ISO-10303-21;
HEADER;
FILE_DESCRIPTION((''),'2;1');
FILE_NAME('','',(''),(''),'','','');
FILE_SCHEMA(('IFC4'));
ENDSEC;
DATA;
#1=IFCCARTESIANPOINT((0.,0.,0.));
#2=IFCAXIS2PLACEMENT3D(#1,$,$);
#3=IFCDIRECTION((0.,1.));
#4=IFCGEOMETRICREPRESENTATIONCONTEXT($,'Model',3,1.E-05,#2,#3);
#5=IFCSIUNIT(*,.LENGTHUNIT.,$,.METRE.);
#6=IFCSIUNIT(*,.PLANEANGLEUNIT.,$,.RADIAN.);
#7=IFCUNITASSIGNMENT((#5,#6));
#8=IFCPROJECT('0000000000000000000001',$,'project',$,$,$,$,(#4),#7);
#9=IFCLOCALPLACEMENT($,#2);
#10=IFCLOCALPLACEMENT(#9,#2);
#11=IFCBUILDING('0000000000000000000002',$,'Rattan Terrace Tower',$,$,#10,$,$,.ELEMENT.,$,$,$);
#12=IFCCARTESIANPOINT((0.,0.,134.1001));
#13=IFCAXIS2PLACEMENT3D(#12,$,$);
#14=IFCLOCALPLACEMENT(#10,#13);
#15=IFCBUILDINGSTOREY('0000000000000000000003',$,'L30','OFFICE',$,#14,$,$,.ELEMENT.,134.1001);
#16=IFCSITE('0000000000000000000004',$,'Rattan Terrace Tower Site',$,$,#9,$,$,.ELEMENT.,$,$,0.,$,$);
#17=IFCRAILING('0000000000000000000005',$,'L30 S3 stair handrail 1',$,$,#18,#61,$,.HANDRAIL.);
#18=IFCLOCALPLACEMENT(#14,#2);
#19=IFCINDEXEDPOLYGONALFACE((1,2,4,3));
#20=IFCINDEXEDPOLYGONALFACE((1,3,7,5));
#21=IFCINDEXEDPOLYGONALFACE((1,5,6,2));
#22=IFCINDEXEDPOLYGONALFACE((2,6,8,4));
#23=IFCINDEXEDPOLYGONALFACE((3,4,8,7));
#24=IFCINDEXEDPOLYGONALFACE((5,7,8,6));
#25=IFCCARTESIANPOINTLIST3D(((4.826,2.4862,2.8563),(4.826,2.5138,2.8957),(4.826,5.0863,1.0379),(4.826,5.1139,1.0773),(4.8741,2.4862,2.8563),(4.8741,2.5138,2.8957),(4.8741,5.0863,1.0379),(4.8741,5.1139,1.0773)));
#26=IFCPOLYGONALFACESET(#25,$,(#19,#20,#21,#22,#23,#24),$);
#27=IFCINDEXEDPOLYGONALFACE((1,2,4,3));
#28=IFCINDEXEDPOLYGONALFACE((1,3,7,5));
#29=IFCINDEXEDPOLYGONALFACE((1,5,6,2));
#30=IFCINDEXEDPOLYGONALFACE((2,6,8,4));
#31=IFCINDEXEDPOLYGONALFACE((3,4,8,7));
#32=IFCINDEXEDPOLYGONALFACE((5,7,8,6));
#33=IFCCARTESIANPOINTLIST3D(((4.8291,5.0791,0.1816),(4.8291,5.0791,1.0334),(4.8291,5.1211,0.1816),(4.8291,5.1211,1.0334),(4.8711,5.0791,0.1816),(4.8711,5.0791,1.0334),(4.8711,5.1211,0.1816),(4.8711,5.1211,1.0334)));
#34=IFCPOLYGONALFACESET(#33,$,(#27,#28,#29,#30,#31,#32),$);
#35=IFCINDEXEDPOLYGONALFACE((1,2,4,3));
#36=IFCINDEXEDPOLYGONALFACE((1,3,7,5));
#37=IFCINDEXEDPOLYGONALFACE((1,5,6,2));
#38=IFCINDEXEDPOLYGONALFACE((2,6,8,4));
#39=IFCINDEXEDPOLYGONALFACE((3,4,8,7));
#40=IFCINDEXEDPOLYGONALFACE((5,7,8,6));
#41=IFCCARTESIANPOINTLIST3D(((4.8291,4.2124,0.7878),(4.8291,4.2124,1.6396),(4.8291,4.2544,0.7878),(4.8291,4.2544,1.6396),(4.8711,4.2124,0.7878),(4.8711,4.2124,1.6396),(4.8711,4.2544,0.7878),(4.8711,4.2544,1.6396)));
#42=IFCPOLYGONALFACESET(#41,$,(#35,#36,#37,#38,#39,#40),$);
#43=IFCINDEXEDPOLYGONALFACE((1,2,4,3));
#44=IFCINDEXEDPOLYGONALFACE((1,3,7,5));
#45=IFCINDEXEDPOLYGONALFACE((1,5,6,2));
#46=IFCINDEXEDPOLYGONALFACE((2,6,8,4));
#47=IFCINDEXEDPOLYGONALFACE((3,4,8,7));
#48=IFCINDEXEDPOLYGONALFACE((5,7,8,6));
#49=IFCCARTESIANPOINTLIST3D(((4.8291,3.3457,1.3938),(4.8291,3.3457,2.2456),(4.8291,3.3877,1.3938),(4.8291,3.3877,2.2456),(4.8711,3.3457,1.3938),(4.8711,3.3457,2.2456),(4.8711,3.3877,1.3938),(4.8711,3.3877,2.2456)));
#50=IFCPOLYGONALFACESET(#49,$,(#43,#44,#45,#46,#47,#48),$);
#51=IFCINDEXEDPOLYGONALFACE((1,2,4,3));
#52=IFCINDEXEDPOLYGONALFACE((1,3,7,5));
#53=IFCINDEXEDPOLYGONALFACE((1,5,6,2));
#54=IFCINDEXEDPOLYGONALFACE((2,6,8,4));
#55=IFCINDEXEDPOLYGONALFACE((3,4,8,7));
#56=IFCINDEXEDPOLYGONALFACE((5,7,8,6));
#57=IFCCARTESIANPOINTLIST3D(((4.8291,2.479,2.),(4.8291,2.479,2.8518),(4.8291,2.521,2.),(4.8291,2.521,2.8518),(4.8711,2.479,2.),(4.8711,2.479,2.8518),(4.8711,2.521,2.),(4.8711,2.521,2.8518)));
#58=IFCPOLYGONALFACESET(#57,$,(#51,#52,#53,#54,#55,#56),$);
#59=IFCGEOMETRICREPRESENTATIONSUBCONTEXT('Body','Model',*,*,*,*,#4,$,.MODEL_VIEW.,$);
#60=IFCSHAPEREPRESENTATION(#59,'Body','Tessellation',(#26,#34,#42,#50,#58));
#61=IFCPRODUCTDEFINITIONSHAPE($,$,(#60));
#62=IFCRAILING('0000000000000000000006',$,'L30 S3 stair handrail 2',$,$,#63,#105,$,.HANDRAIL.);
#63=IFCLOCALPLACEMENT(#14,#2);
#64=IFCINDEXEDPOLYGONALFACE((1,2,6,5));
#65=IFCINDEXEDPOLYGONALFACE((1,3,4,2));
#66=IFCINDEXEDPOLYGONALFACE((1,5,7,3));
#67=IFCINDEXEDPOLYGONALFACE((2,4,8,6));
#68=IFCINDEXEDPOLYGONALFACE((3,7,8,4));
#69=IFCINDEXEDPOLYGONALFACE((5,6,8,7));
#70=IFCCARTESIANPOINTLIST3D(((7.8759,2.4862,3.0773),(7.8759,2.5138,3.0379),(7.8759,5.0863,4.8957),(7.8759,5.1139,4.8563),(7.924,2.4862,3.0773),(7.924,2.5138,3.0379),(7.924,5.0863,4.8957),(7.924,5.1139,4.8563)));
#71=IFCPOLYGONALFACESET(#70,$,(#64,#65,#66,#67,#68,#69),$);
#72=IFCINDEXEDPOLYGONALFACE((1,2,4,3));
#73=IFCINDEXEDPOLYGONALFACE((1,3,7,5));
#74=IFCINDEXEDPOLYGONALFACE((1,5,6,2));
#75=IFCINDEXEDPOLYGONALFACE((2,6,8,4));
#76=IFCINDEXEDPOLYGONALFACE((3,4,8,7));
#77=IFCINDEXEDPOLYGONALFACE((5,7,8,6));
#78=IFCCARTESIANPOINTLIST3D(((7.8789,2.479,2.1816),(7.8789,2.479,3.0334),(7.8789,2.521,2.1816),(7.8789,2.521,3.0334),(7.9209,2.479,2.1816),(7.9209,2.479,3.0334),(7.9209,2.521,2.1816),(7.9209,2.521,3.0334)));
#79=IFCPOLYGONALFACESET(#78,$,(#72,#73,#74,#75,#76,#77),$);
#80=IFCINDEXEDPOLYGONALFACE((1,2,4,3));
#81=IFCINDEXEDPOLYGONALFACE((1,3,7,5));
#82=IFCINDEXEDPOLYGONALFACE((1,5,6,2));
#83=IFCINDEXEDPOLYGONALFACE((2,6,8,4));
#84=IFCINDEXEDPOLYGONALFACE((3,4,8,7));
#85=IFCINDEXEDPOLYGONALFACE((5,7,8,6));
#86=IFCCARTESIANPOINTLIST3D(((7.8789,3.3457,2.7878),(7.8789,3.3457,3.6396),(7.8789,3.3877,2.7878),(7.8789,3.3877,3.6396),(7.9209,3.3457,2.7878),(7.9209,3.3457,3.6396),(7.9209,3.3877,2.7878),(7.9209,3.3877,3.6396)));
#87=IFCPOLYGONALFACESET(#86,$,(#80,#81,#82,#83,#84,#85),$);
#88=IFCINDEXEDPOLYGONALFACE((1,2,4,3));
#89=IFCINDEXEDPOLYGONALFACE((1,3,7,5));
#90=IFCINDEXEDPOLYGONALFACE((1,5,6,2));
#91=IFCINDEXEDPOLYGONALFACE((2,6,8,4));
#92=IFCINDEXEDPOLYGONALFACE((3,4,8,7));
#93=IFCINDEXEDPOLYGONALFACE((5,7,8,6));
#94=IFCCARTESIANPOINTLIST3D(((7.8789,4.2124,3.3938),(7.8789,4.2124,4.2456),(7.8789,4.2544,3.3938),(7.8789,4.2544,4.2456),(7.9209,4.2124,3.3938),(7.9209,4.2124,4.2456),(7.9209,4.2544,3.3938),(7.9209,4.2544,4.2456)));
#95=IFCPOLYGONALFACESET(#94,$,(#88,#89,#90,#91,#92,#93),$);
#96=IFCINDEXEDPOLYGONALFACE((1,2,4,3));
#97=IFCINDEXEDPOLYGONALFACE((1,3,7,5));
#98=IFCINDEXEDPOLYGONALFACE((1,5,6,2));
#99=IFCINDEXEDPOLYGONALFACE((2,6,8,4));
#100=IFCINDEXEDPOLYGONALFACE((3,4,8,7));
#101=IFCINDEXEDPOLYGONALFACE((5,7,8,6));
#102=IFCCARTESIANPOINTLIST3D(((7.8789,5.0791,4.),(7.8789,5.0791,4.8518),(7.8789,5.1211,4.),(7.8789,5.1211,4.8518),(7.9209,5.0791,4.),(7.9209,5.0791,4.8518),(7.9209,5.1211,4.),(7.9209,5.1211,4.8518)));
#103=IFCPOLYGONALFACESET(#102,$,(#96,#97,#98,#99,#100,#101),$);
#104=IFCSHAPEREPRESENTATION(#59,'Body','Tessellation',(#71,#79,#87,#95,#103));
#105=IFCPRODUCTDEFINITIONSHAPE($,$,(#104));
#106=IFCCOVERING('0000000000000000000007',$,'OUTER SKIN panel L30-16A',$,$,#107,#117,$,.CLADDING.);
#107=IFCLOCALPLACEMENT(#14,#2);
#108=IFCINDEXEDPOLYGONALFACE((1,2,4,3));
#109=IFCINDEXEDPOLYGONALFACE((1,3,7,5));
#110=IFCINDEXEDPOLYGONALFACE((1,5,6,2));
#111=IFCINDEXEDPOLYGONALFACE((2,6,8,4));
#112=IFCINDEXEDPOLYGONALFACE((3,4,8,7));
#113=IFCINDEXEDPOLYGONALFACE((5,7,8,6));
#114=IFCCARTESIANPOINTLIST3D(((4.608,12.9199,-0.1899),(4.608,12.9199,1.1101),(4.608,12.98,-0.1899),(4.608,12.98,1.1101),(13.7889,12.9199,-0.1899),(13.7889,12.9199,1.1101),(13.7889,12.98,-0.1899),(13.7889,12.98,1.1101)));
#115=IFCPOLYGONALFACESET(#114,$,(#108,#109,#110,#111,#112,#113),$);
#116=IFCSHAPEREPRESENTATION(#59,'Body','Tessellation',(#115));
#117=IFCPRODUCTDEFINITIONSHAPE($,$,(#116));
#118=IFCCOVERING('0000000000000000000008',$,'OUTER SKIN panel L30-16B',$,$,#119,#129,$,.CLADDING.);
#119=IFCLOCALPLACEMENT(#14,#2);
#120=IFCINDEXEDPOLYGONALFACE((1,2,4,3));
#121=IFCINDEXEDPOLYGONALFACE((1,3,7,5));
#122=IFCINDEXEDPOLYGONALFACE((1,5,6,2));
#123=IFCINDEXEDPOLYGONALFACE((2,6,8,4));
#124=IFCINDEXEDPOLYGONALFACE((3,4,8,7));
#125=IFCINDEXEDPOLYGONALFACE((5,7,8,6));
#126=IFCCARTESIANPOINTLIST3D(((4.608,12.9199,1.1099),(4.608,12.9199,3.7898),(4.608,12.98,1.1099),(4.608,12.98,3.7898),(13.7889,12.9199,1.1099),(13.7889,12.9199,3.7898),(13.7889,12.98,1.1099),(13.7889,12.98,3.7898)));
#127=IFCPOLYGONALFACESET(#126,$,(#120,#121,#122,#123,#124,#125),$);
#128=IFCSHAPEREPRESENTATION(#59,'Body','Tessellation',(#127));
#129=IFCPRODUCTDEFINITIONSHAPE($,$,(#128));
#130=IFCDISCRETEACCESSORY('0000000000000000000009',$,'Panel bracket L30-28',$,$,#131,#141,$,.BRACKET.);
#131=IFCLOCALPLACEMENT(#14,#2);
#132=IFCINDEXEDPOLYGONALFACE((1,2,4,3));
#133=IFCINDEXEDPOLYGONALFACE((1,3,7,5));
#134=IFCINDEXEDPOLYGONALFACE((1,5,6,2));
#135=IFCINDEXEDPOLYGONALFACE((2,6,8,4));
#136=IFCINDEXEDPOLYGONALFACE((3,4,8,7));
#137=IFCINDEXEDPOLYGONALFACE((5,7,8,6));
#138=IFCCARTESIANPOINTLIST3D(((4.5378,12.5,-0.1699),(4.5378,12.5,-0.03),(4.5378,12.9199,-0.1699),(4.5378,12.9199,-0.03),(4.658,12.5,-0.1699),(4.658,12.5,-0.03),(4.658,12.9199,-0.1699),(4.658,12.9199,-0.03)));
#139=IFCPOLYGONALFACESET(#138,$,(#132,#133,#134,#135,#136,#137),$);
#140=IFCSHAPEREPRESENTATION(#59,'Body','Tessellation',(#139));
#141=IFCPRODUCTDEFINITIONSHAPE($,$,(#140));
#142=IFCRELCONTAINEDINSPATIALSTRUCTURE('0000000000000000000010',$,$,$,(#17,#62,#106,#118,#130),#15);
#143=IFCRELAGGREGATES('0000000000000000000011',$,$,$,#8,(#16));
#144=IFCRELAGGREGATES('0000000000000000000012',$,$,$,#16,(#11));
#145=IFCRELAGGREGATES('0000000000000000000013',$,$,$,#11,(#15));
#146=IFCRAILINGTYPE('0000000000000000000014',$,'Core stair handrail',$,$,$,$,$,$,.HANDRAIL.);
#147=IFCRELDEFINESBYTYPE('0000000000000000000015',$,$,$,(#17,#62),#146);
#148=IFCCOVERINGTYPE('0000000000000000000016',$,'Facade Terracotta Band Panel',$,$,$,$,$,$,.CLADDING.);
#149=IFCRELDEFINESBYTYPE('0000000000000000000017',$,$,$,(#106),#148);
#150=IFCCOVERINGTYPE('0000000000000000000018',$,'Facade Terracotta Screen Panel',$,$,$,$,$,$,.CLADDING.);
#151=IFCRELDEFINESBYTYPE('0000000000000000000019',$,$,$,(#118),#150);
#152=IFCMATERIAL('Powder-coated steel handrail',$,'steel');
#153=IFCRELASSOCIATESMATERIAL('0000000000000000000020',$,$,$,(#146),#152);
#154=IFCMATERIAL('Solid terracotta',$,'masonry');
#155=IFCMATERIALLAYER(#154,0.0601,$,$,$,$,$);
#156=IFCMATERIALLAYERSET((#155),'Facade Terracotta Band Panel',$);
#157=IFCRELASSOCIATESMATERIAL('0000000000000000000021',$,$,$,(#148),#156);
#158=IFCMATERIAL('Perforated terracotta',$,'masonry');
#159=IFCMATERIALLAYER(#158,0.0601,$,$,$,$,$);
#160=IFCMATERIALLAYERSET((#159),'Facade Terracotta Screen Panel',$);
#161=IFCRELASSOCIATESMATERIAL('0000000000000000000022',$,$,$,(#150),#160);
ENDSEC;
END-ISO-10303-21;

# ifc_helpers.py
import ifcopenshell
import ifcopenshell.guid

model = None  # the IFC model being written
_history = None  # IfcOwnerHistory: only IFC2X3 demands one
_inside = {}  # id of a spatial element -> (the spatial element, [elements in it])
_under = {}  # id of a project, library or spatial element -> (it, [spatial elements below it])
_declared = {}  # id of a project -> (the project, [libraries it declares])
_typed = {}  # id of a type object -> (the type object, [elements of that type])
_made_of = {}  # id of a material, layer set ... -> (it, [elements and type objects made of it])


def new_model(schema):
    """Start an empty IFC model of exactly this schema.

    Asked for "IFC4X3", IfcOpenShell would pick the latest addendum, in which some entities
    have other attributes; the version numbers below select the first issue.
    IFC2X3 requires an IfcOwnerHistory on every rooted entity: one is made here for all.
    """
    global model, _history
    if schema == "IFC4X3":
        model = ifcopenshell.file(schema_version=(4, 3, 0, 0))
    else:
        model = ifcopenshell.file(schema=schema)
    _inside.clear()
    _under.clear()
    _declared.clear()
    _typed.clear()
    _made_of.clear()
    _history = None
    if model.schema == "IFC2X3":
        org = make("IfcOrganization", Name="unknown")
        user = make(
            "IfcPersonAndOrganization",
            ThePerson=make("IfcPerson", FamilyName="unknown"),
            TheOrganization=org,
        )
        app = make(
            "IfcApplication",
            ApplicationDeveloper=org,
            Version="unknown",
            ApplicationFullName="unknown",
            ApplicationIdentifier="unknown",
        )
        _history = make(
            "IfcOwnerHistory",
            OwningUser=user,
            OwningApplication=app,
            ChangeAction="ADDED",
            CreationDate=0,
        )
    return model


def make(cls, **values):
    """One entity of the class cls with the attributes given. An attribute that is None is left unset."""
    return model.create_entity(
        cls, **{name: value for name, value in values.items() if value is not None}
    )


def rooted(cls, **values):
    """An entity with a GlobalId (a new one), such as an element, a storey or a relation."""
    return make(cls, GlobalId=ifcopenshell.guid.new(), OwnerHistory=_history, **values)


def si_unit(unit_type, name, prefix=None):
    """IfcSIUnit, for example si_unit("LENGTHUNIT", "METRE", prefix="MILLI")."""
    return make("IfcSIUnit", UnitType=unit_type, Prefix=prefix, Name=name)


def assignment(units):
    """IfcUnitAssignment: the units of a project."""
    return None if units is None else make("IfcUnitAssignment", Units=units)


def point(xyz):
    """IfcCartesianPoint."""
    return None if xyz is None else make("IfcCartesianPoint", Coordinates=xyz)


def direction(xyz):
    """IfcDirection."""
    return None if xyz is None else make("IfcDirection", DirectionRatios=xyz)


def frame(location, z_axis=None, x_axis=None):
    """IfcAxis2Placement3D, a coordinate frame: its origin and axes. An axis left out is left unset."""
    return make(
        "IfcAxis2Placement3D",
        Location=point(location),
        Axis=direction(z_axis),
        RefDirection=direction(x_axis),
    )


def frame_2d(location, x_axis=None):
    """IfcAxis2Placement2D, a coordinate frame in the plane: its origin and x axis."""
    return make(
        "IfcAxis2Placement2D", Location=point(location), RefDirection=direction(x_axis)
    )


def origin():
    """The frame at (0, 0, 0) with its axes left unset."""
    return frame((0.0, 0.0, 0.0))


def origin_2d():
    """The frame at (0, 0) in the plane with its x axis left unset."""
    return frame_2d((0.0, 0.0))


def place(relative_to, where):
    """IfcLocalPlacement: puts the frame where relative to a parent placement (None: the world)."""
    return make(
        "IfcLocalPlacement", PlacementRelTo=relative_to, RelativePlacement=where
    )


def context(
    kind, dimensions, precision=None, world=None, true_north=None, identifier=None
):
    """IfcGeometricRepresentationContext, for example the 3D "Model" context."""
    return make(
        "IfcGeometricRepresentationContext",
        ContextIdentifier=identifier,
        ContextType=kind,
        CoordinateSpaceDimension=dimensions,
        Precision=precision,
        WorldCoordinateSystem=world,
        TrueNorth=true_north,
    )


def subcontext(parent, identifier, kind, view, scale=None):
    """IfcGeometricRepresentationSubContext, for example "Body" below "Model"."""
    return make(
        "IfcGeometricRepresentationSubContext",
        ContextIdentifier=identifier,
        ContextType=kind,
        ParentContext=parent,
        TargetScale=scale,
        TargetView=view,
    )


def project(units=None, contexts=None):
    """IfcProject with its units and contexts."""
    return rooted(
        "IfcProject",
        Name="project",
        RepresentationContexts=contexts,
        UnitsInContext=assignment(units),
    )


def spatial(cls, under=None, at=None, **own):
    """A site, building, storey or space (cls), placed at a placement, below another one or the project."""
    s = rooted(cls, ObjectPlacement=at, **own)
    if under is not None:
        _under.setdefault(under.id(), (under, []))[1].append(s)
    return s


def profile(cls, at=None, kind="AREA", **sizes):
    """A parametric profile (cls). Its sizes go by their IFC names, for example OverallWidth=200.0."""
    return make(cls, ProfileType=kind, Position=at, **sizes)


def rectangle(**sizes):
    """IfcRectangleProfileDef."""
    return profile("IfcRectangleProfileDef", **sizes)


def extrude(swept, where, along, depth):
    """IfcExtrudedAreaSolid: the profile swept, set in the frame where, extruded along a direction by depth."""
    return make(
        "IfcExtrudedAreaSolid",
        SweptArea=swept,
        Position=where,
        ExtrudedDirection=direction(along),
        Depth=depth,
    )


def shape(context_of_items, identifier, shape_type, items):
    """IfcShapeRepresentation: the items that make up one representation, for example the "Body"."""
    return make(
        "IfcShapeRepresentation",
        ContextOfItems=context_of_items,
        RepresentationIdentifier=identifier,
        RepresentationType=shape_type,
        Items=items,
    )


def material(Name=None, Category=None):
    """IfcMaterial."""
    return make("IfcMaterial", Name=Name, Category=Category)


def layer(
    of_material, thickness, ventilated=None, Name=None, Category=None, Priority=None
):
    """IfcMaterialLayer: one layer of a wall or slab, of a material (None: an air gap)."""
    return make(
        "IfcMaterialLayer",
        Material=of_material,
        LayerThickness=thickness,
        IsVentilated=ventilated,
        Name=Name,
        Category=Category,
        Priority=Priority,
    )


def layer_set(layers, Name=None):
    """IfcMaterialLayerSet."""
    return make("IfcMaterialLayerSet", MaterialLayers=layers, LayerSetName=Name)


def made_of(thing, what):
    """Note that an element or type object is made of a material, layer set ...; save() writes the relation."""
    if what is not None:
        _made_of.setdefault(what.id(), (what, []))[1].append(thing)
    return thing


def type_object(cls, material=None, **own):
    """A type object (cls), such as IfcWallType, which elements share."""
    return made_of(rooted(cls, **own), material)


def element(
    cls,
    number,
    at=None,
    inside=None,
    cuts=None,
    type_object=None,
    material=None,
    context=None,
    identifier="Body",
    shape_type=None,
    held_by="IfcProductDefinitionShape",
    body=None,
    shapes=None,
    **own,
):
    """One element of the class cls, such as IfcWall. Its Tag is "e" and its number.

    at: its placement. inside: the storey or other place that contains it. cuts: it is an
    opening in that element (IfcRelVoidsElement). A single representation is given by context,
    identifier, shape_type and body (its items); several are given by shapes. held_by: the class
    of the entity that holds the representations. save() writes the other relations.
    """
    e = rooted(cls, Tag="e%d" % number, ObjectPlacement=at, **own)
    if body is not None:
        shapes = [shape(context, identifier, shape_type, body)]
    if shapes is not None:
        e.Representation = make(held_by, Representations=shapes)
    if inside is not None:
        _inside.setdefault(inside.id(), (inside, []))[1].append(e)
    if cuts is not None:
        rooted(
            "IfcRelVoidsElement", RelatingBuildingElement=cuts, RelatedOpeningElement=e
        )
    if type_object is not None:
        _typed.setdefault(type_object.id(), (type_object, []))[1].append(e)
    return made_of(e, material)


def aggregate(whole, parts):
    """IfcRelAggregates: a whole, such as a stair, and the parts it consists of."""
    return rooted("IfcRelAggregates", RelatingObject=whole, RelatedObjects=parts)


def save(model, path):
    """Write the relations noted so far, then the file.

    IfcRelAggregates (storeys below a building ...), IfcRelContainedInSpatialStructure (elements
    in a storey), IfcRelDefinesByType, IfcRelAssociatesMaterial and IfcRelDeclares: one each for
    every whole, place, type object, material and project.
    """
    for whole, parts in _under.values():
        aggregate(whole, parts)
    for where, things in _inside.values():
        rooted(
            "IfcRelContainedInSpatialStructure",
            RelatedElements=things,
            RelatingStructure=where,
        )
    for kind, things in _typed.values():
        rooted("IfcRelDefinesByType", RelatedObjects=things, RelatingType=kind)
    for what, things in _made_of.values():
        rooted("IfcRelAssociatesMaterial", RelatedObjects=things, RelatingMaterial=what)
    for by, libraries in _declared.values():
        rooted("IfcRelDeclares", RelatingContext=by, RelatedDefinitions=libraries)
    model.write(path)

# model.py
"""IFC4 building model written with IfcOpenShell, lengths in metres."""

from ifc_helpers import new_model, si_unit, direction, frame, origin, origin_2d, place, context, subcontext, project, spatial, rectangle, extrude, material, layer, layer_set, type_object, element, save


model = new_model("IFC4")

# Units and contexts
model_context = context("Model", 3, precision=1e-05, world=origin(), true_north=direction((0.0, 1.0)))
body_context = subcontext(model_context, "Body", "Model", "MODEL_VIEW")
ifc_project = project(units=[si_unit("LENGTHUNIT", "METRE"), si_unit("PLANEANGLEUNIT", "RADIAN")], contexts=[model_context])

# Site, building, storey
site_placement = place(None, origin())
site = spatial("IfcSite", under=ifc_project, at=site_placement, Name="Rattan Terrace Tower Site", CompositionType="ELEMENT", RefElevation=0.0)
building_placement = place(site_placement, origin())
building = spatial("IfcBuilding", under=site, at=building_placement, Name="Rattan Terrace Tower", CompositionType="ELEMENT")
storey_placement = place(building_placement, frame((0.0, 0.0, 134.1001)))
storey = spatial("IfcBuildingStorey", under=building, at=storey_placement, Name="L30", Description="OFFICE", CompositionType="ELEMENT", Elevation=134.1001)

# Railings
ifc_material_1 = material(Name="Powder-coated steel handrail", Category="steel")
railing_type_1 = type_object("IfcRailingType", Name="Core stair handrail", PredefinedType="HANDRAIL", material=ifc_material_1)
railing_1_placement = place(storey_placement, frame((4.8501, 5.1001, 0.1816)))
element("IfcRailing", 1, at=railing_1_placement, inside=storey, type_object=railing_type_1, Name="L30 S3 stair handrail 1", PredefinedType="HANDRAIL", context=body_context, shape_type="SweptSolid", body=[
    extrude(rectangle(XDim=0.0481, YDim=0.0481, at=origin_2d()), frame((0.0, 0.0, 0.876), z_axis=(0.0, -0.819485, 0.573101), x_axis=(1.0, 0.0, 0.0)), (0.0, 0.0, 1.0), 3.1729),
    extrude(rectangle(XDim=0.042, YDim=0.042, at=origin_2d()), origin(), (0.0, 0.0, 1.0), 0.8518),
    extrude(rectangle(XDim=0.042, YDim=0.042, at=origin_2d()), frame((0.0, -0.8667, 0.6062)), (0.0, 0.0, 1.0), 0.8518),
    extrude(rectangle(XDim=0.042, YDim=0.042, at=origin_2d()), frame((0.0, -1.7334, 1.2122)), (0.0, 0.0, 1.0), 0.8518),
    extrude(rectangle(XDim=0.042, YDim=0.042, at=origin_2d()), frame((0.0, -2.6001, 1.8184)), (0.0, 0.0, 1.0), 0.8518),
])
railing_2_placement = place(storey_placement, frame((7.8999, 2.5, 2.1816)))
element("IfcRailing", 2, at=railing_2_placement, inside=storey, type_object=railing_type_1, Name="L30 S3 stair handrail 2", PredefinedType="HANDRAIL", context=body_context, shape_type="SweptSolid", body=[
    extrude(rectangle(XDim=0.0481, YDim=0.0481, at=origin_2d()), frame((0.0, 0.0, 0.876), z_axis=(0.0, 0.819485, 0.573101), x_axis=(-1.0, 0.0, 0.0)), (0.0, 0.0, 1.0), 3.1729),
    extrude(rectangle(XDim=0.042, YDim=0.042, at=origin_2d()), origin(), (0.0, 0.0, 1.0), 0.8518),
    extrude(rectangle(XDim=0.042, YDim=0.042, at=origin_2d()), frame((0.0, 0.8667, 0.6062)), (0.0, 0.0, 1.0), 0.8518),
    extrude(rectangle(XDim=0.042, YDim=0.042, at=origin_2d()), frame((0.0, 1.7334, 1.2122)), (0.0, 0.0, 1.0), 0.8518),
    extrude(rectangle(XDim=0.042, YDim=0.042, at=origin_2d()), frame((0.0, 2.6001, 1.8184)), (0.0, 0.0, 1.0), 0.8518),
])

# Coverings
ifc_material_2 = material(Name="Solid terracotta", Category="masonry")
ifc_layer_1 = layer(ifc_material_2, 0.0601)
ifc_layer_set_1 = layer_set([ifc_layer_1], Name="Facade Terracotta Band Panel")
covering_type_1 = type_object("IfcCoveringType", Name="Facade Terracotta Band Panel", PredefinedType="CLADDING", material=ifc_layer_set_1)
covering_1_placement = place(storey_placement, frame((9.1985, 12.95, -0.1899), z_axis=(0.0, 0.0, 1.0), x_axis=(-1.0, 0.0, 0.0)))
element("IfcCovering", 3, at=covering_1_placement, inside=storey, type_object=covering_type_1, Name="OUTER SKIN panel L30-16A", PredefinedType="CLADDING", context=body_context, shape_type="SweptSolid", body=[
    extrude(rectangle(XDim=9.1809, YDim=0.0601, at=origin_2d()), origin(), (0.0, 0.0, 1.0), 1.3),
])
ifc_material_3 = material(Name="Perforated terracotta", Category="masonry")
ifc_layer_2 = layer(ifc_material_3, 0.0601)
ifc_layer_set_2 = layer_set([ifc_layer_2], Name="Facade Terracotta Screen Panel")
covering_type_2 = type_object("IfcCoveringType", Name="Facade Terracotta Screen Panel", PredefinedType="CLADDING", material=ifc_layer_set_2)
covering_2_placement = place(storey_placement, frame((9.1985, 12.95, 1.1099), z_axis=(0.0, 0.0, 1.0), x_axis=(-1.0, 0.0, 0.0)))
element("IfcCovering", 4, at=covering_2_placement, inside=storey, type_object=covering_type_2, Name="OUTER SKIN panel L30-16B", PredefinedType="CLADDING", context=body_context, shape_type="SweptSolid", body=[
    extrude(rectangle(XDim=9.1809, YDim=0.0601, at=origin_2d()), origin(), (0.0, 0.0, 1.0), 2.6799),
])

# Discrete accessory
discrete_accessory_placement = place(storey_placement, frame((4.5979, 12.71, -0.1699), z_axis=(0.0, 0.0, 1.0), x_axis=(-1.0, 0.0, 0.0)))
element("IfcDiscreteAccessory", 5, at=discrete_accessory_placement, inside=storey, Name="Panel bracket L30-28", PredefinedType="BRACKET", context=body_context, shape_type="SweptSolid", body=[
    extrude(rectangle(XDim=0.1201, YDim=0.4199, at=origin_2d()), origin(), (0.0, 0.0, 1.0), 0.1399),
])

save(model, "model.ifc")
